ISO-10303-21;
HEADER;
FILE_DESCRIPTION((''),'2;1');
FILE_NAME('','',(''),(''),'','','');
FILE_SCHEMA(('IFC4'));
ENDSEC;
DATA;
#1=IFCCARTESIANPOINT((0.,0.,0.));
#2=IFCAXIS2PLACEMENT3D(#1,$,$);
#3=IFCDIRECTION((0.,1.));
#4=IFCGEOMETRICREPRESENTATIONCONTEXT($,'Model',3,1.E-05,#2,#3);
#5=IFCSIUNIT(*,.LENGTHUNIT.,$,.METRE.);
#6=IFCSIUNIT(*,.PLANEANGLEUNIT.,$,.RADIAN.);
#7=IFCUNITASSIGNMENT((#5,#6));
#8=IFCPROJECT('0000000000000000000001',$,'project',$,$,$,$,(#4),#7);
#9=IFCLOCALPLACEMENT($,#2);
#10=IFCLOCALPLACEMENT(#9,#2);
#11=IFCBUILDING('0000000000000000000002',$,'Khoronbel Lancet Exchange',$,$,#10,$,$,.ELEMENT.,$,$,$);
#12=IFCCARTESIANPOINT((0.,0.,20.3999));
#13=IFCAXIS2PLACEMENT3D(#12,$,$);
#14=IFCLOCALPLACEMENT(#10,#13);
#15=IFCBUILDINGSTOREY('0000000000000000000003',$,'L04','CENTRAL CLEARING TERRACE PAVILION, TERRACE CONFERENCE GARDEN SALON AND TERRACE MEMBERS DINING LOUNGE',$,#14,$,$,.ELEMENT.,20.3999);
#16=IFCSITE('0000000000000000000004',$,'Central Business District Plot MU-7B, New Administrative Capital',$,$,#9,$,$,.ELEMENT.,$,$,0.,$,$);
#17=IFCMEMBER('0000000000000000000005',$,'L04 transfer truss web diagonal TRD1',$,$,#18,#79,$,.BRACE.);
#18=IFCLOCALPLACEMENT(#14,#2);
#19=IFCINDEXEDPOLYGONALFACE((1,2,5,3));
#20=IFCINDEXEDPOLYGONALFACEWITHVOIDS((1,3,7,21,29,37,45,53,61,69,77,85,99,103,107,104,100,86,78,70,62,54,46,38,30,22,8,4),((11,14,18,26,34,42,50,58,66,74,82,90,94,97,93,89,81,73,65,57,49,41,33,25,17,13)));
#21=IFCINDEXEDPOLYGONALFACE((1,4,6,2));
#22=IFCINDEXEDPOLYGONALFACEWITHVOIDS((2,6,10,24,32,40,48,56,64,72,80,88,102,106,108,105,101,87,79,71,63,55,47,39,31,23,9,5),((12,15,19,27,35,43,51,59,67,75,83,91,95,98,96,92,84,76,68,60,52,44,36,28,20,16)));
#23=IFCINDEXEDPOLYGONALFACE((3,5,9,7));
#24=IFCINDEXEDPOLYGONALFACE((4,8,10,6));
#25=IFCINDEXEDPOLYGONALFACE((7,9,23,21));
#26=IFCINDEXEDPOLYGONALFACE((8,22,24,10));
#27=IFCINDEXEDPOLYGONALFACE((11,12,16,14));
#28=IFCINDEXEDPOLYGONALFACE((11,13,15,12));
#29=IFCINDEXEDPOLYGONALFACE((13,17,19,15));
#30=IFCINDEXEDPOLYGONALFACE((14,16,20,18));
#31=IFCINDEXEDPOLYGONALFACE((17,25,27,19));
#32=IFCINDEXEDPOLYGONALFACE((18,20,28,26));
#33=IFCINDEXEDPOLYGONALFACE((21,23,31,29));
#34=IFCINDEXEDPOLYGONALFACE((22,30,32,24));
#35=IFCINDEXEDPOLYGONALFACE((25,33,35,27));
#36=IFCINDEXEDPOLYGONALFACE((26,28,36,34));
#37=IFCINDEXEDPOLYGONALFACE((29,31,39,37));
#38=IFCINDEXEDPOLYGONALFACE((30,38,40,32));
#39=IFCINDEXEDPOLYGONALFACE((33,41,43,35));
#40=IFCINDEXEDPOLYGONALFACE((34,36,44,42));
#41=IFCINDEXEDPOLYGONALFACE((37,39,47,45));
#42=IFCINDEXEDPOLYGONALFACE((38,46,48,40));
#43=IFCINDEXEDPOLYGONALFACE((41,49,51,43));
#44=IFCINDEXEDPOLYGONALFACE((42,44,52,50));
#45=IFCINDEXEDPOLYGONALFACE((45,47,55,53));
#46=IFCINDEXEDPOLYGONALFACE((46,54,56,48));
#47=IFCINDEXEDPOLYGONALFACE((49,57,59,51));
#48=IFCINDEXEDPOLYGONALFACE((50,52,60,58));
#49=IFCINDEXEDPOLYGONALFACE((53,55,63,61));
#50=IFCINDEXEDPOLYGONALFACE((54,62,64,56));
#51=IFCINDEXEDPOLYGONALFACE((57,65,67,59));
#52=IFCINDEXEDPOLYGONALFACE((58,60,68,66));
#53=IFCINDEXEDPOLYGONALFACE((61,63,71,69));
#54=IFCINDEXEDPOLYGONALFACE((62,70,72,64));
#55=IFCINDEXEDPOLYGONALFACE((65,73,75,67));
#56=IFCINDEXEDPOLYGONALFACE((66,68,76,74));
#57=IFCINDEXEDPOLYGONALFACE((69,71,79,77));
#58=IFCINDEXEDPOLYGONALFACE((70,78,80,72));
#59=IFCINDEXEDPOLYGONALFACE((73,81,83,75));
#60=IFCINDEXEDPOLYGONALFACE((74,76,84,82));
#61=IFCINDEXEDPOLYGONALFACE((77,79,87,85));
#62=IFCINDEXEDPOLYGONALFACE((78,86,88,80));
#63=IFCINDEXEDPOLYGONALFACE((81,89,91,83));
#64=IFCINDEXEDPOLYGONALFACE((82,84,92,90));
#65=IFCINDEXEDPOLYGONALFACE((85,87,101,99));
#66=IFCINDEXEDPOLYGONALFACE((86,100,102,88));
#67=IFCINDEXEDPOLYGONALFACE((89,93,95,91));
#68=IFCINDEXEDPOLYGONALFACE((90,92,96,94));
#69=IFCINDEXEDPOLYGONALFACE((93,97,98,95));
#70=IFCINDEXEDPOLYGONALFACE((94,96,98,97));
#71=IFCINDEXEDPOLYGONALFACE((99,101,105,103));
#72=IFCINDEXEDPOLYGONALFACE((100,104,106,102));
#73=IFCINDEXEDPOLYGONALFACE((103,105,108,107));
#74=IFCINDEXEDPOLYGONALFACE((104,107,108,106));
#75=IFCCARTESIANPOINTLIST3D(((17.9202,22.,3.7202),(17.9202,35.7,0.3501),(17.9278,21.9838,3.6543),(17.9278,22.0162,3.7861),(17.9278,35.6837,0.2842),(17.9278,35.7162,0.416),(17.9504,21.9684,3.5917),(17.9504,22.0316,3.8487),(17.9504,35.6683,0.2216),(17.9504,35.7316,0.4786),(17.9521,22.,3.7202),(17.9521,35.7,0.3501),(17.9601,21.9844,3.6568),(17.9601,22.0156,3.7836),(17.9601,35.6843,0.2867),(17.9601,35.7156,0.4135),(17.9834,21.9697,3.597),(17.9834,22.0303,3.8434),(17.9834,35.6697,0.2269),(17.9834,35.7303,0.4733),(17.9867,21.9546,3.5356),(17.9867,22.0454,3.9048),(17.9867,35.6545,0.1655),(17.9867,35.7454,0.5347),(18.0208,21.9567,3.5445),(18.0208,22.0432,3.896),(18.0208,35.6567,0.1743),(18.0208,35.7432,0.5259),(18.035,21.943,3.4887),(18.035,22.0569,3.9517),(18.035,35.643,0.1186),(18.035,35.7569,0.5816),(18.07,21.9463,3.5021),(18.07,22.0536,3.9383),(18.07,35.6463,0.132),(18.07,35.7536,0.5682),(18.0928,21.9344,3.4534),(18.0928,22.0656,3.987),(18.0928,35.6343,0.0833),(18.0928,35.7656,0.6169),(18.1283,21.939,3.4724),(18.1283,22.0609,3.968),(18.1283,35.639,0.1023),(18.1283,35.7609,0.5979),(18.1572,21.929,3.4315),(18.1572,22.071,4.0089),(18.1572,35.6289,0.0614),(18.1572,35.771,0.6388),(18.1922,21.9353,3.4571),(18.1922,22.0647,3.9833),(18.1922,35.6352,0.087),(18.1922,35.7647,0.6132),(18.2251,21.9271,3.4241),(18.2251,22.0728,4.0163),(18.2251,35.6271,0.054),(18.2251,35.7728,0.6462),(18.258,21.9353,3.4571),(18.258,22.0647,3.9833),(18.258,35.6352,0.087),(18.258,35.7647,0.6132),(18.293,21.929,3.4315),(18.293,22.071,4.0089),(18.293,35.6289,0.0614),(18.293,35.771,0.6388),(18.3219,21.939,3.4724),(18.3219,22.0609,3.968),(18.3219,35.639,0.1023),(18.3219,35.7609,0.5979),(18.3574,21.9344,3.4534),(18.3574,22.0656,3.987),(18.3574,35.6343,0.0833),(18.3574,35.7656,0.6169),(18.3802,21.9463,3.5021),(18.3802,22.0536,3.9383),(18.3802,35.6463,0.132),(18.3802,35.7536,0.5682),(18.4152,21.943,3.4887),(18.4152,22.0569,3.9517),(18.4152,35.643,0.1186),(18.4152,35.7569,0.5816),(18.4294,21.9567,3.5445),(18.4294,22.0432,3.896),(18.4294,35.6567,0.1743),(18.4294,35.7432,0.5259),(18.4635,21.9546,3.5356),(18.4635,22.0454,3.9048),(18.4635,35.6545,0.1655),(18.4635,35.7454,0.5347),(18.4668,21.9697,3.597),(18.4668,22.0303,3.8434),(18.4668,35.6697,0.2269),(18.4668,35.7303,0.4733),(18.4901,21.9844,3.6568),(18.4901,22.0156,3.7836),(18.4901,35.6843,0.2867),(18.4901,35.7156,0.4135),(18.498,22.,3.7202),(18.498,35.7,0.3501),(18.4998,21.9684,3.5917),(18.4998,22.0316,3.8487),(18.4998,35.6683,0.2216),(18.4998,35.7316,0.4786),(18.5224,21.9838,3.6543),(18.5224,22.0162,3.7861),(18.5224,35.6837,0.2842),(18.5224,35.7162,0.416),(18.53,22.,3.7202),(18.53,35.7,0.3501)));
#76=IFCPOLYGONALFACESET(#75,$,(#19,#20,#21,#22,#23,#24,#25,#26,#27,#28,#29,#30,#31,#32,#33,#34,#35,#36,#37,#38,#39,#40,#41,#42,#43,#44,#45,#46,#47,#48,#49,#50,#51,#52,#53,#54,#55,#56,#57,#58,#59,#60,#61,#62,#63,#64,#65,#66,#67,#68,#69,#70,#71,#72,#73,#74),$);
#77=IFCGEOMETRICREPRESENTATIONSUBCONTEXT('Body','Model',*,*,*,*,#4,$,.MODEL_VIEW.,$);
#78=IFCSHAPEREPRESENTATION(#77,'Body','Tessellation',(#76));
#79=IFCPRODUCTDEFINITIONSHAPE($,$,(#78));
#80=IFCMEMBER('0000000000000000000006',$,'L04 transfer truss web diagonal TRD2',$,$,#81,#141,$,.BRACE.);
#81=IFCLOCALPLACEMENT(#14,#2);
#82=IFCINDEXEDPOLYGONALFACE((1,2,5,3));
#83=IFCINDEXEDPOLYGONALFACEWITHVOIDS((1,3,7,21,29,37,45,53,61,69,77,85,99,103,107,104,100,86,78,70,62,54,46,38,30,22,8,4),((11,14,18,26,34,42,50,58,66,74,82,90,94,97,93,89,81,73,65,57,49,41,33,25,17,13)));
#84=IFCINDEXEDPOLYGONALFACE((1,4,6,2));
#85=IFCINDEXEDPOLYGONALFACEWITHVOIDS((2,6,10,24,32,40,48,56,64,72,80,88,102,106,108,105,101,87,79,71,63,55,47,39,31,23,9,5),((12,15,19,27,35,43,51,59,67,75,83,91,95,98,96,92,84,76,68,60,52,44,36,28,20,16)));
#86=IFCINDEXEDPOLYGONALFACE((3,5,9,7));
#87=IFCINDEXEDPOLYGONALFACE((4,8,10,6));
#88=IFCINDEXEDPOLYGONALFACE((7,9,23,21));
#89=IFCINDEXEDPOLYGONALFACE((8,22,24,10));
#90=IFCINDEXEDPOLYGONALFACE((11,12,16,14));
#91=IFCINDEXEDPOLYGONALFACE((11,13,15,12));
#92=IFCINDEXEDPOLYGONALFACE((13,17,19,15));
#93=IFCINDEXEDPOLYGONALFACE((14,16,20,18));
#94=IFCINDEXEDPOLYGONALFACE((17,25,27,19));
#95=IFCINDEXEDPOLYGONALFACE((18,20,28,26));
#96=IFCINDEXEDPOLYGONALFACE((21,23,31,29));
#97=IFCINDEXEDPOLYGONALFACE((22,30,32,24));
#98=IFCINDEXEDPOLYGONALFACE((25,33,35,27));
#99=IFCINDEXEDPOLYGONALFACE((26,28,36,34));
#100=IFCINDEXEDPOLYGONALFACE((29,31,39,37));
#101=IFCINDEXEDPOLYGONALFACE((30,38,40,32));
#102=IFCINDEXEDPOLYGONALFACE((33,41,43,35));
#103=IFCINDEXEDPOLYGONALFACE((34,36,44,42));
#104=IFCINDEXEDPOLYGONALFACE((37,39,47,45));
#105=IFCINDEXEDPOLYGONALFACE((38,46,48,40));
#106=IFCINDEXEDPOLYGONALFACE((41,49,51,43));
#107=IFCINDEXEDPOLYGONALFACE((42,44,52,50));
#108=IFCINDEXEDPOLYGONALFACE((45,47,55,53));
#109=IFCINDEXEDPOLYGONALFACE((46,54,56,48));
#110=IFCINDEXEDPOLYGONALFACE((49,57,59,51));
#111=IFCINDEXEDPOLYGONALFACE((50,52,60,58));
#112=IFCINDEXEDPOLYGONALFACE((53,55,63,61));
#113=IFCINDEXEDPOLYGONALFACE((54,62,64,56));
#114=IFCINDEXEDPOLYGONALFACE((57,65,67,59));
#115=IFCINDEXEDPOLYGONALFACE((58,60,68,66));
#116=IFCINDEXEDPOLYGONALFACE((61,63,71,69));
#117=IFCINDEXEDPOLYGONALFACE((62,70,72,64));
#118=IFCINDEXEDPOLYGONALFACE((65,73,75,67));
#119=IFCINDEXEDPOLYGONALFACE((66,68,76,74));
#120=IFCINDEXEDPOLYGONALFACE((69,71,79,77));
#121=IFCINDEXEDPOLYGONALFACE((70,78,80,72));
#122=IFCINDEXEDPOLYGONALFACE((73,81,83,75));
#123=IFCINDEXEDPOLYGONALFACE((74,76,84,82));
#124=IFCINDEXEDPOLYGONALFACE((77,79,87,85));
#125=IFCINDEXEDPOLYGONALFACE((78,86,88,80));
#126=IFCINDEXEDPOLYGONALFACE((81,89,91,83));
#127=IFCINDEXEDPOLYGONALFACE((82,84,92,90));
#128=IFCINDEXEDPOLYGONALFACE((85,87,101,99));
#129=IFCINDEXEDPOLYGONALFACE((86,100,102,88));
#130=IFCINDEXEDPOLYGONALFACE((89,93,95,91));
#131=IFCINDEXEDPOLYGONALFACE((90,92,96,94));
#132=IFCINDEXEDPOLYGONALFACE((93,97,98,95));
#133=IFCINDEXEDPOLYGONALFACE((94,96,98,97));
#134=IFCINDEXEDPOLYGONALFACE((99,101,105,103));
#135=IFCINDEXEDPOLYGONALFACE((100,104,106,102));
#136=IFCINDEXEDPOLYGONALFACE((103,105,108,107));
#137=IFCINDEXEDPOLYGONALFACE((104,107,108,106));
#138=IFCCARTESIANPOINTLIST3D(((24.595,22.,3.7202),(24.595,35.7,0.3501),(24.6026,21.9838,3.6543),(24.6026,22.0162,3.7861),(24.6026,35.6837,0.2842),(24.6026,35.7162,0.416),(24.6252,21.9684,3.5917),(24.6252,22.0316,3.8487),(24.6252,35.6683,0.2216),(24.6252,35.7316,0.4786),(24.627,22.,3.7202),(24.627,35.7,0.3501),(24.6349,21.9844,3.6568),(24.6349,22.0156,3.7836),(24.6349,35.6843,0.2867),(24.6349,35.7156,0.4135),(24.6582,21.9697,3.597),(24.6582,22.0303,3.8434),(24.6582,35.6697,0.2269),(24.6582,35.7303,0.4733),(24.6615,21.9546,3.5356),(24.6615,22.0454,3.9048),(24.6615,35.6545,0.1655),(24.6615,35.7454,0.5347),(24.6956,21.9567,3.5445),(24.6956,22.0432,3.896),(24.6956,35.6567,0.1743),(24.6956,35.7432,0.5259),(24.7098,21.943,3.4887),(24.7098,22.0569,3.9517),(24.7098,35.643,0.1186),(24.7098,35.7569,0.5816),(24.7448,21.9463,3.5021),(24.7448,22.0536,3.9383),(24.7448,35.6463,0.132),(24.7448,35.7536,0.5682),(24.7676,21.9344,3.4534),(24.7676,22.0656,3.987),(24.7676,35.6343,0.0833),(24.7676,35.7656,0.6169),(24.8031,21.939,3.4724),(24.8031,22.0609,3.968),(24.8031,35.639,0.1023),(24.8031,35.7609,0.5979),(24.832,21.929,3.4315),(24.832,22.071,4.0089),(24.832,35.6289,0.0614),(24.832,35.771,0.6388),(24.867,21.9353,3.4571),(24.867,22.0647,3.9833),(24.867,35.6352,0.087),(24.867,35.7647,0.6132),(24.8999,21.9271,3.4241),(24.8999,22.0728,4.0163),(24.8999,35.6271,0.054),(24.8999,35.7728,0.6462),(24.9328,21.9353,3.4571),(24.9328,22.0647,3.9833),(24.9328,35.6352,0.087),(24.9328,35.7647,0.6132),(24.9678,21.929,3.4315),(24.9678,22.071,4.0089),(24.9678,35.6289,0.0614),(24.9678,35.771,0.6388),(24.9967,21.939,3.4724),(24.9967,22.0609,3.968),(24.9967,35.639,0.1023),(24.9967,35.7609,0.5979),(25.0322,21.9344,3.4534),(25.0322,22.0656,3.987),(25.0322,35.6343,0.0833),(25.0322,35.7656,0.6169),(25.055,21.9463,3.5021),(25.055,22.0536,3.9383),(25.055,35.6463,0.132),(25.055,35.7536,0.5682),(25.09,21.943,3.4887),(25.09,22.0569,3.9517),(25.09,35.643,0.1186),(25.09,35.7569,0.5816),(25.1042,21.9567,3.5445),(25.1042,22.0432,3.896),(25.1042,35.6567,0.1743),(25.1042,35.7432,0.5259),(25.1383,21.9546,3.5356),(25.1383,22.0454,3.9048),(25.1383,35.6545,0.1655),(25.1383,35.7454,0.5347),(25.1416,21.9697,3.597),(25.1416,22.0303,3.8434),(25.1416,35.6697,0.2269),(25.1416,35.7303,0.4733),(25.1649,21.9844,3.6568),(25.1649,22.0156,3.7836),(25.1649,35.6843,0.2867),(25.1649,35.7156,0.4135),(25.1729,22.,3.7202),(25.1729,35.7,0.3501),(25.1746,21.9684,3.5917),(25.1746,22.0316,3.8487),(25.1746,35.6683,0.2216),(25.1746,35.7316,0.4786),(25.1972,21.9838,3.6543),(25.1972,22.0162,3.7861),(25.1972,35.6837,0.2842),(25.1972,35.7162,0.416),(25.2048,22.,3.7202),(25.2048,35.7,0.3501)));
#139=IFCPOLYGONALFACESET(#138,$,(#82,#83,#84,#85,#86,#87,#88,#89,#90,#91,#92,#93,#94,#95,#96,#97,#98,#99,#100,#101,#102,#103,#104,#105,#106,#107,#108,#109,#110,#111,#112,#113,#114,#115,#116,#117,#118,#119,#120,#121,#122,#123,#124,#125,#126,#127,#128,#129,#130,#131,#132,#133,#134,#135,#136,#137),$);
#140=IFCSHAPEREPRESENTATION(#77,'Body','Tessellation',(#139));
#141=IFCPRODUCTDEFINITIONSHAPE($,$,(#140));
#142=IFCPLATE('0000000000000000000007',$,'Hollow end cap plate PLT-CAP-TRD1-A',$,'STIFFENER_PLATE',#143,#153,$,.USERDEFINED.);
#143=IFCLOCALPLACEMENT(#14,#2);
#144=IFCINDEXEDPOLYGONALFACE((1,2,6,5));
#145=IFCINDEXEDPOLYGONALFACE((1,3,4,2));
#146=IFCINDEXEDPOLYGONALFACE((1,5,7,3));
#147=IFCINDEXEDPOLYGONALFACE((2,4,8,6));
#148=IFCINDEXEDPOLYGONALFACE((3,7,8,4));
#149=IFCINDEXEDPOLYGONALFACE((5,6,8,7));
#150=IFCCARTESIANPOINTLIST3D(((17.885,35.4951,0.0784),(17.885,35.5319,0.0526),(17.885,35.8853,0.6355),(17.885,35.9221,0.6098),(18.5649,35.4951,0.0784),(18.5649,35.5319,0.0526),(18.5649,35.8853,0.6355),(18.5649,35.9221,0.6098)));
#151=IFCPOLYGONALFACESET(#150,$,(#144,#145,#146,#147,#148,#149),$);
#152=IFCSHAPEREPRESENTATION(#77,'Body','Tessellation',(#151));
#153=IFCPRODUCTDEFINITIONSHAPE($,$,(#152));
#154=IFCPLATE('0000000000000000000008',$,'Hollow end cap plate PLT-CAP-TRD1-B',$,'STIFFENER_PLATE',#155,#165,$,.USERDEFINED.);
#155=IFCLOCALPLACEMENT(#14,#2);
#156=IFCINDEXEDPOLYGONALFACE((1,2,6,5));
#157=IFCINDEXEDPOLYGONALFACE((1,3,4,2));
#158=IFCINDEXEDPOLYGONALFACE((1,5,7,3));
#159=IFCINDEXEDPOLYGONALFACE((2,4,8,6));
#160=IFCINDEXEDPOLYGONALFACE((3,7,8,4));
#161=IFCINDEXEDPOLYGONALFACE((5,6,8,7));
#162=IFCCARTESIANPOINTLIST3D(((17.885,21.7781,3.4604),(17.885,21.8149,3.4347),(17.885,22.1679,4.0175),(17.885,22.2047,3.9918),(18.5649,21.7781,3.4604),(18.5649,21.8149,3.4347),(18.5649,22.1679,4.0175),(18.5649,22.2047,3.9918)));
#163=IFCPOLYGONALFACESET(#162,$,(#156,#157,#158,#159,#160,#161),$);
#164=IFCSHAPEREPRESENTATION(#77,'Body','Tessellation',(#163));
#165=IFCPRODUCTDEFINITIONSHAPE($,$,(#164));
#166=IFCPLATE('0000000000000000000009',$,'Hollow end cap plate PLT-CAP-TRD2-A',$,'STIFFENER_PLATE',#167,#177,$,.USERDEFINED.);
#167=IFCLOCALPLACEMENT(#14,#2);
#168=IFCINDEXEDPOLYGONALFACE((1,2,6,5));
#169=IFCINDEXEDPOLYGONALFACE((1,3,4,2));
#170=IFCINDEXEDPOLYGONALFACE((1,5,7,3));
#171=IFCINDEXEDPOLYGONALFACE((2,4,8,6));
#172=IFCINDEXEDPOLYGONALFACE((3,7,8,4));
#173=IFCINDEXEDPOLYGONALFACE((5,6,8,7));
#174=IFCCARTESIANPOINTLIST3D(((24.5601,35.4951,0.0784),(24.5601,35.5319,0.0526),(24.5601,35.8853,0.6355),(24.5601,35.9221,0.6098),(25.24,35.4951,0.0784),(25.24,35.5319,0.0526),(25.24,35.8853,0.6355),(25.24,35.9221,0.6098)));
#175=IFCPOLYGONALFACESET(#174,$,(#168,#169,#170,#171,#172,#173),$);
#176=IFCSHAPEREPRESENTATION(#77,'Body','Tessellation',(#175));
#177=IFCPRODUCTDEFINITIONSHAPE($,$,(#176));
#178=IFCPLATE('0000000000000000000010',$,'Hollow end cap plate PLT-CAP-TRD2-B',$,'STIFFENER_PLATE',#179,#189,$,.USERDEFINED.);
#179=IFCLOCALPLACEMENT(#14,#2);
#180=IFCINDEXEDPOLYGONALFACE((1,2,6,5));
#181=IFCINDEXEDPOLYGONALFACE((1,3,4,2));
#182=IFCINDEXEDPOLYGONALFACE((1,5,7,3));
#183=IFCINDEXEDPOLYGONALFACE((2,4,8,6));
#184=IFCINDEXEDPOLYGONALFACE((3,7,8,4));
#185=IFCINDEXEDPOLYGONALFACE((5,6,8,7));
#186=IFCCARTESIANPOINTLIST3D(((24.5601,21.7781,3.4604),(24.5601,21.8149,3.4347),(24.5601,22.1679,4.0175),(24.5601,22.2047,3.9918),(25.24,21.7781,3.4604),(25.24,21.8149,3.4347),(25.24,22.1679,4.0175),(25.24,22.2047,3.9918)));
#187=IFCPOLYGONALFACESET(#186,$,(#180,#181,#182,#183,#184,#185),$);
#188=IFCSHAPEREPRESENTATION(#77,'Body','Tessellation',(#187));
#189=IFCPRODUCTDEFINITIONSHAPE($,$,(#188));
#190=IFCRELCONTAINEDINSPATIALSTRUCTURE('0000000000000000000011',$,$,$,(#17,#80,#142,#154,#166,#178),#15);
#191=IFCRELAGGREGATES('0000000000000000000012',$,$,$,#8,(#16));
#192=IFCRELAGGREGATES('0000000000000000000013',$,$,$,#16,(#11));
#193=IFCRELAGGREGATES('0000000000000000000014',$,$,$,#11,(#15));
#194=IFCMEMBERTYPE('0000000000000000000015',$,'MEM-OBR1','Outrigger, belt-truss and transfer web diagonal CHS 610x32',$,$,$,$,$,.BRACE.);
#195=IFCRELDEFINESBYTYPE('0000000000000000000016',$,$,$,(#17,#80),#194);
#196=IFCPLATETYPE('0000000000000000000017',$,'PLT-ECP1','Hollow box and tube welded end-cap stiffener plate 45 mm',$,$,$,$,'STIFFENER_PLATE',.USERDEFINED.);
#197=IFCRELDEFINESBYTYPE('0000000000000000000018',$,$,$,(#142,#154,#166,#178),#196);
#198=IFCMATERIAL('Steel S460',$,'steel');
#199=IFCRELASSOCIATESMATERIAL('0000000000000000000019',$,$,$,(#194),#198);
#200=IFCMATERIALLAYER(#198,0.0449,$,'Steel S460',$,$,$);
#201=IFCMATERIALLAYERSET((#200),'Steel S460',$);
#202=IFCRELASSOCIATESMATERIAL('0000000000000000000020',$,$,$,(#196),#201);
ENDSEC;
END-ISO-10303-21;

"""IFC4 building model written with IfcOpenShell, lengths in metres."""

from ifc_helpers import new_model, si_unit, direction, frame, origin, origin_2d, place, context, subcontext, project, spatial, polyline, hollow_circle, outline, extrude, material, layer, layer_set, material_profile, profile_set, type_object, element, save


model = new_model("IFC4")

# Units and contexts
model_context = context("Model", 3, precision=1e-05, world=origin(), true_north=direction((0.0, 1.0)))
body_context = subcontext(model_context, "Body", "Model", "MODEL_VIEW")
ifc_project = project(units=[si_unit("LENGTHUNIT", "METRE"), si_unit("PLANEANGLEUNIT", "RADIAN")], contexts=[model_context])

# Site, building, storey
site_placement = place(None, origin())
site = spatial("IfcSite", under=ifc_project, at=site_placement, Name="Central Business District Plot MU-7B, New Administrative Capital", CompositionType="ELEMENT", RefElevation=0.0)
building_placement = place(site_placement, origin())
building = spatial("IfcBuilding", under=site, at=building_placement, Name="Khoronbel Lancet Exchange", CompositionType="ELEMENT")
storey_placement = place(building_placement, frame((0.0, 0.0, 20.3999)))
storey = spatial("IfcBuildingStorey", under=building, at=storey_placement, Name="L04", Description="CENTRAL CLEARING TERRACE PAVILION, TERRACE CONFERENCE GARDEN SALON AND TERRACE MEMBERS DINING LOUNGE", CompositionType="ELEMENT", Elevation=20.3999)

# Shared definitions
ifc_material_1 = material(Name="Steel S460", Category="steel")

# Members
ifc_material_profile_1 = material_profile(ifc_material_1, hollow_circle(Radius=0.3049, WallThickness=0.032, at=origin_2d()), Name="CHS 610x32")
ifc_profile_set_1 = profile_set([ifc_material_profile_1], Name="Steel S460")
member_type = type_object("IfcMemberType", Name="MEM-OBR1", Description="Outrigger, belt-truss and transfer web diagonal CHS 610x32", PredefinedType="BRACE", material=ifc_profile_set_1)
for number, where, z_axis, x_axis, name in (
    (1, (18.2251, 35.7, 0.3501), (0.0, -0.971051, 0.238873), (1.0, 0.0, 0.0), "L04 transfer truss web diagonal TRD1"),
    (2, (24.8999, 35.7, 0.3501), (0.0, -0.971051, 0.238873), (1.0, 0.0, 0.0), "L04 transfer truss web diagonal TRD2"),
):
    element("IfcMember", number, at=place(storey_placement, frame(where, z_axis=z_axis, x_axis=x_axis)), inside=storey, type_object=member_type, Name=name, PredefinedType="BRACE", context=body_context, shape_type="SweptSolid", body=[
        extrude(hollow_circle(Radius=0.3049, WallThickness=0.032, at=origin_2d()), origin(), (0.0, 0.0, 1.0), 14.1084),
    ])

# Plates
ifc_layer_1 = layer(ifc_material_1, 0.0449, Name="Steel S460")
ifc_layer_set_1 = layer_set([ifc_layer_1], Name="Steel S460")
plate_type_1 = type_object("IfcPlateType", Name="PLT-ECP1", Description="Hollow box and tube welded end-cap stiffener plate 45 mm", ElementType="STIFFENER_PLATE", PredefinedType="USERDEFINED", material=ifc_layer_set_1)
plate_1_placement = place(storey_placement, frame((17.885, 35.4951, 0.0784), z_axis=(0.0, -0.819131, 0.573607), x_axis=(1.0, 0.0, 0.0)))
element("IfcPlate", 3, at=plate_1_placement, inside=storey, type_object=plate_type_1, Name="Hollow end cap plate PLT-CAP-TRD1-A", ObjectType="STIFFENER_PLATE", PredefinedType="USERDEFINED", context=body_context, shape_type="SweptSolid", body=[
    extrude(outline(polyline([(0.0, 0.0), (0.6799, 0.0), (0.6799, 0.6802), (0.0, 0.6802), (0.0, 0.0)])), origin(), (0.0, 0.0, -1.0), 0.0449),
])
plate_2_placement = place(storey_placement, frame((17.885, 21.7781, 3.4604), z_axis=(0.0, -0.819299, 0.573366), x_axis=(1.0, 0.0, 0.0)))
element("IfcPlate", 4, at=plate_2_placement, inside=storey, type_object=plate_type_1, Name="Hollow end cap plate PLT-CAP-TRD1-B", ObjectType="STIFFENER_PLATE", PredefinedType="USERDEFINED", context=body_context, shape_type="SweptSolid", body=[
    extrude(outline(polyline([(0.0, 0.0), (0.6799, 0.0), (0.6799, 0.6799), (0.0, 0.6799), (0.0, 0.0)])), origin(), (0.0, 0.0, -1.0), 0.0449),
])
plate_3_placement = place(storey_placement, frame((24.5601, 35.4951, 0.0784), z_axis=(0.0, -0.819131, 0.573607), x_axis=(1.0, 0.0, 0.0)))
element("IfcPlate", 5, at=plate_3_placement, inside=storey, type_object=plate_type_1, Name="Hollow end cap plate PLT-CAP-TRD2-A", ObjectType="STIFFENER_PLATE", PredefinedType="USERDEFINED", context=body_context, shape_type="SweptSolid", body=[
    extrude(outline(polyline([(0.0, 0.0), (0.6799, 0.0), (0.6799, 0.6802), (0.0, 0.6802), (0.0, 0.0)])), origin(), (0.0, 0.0, -1.0), 0.0449),
])
plate_4_placement = place(storey_placement, frame((24.5601, 21.7781, 3.4604), z_axis=(0.0, -0.819299, 0.573366), x_axis=(1.0, 0.0, 0.0)))
element("IfcPlate", 6, at=plate_4_placement, inside=storey, type_object=plate_type_1, Name="Hollow end cap plate PLT-CAP-TRD2-B", ObjectType="STIFFENER_PLATE", PredefinedType="USERDEFINED", context=body_context, shape_type="SweptSolid", body=[
    extrude(outline(polyline([(0.0, 0.0), (0.6799, 0.0), (0.6799, 0.6799), (0.0, 0.6799), (0.0, 0.0)])), origin(), (0.0, 0.0, -1.0), 0.0449),
])

save(model, "model.ifc")
